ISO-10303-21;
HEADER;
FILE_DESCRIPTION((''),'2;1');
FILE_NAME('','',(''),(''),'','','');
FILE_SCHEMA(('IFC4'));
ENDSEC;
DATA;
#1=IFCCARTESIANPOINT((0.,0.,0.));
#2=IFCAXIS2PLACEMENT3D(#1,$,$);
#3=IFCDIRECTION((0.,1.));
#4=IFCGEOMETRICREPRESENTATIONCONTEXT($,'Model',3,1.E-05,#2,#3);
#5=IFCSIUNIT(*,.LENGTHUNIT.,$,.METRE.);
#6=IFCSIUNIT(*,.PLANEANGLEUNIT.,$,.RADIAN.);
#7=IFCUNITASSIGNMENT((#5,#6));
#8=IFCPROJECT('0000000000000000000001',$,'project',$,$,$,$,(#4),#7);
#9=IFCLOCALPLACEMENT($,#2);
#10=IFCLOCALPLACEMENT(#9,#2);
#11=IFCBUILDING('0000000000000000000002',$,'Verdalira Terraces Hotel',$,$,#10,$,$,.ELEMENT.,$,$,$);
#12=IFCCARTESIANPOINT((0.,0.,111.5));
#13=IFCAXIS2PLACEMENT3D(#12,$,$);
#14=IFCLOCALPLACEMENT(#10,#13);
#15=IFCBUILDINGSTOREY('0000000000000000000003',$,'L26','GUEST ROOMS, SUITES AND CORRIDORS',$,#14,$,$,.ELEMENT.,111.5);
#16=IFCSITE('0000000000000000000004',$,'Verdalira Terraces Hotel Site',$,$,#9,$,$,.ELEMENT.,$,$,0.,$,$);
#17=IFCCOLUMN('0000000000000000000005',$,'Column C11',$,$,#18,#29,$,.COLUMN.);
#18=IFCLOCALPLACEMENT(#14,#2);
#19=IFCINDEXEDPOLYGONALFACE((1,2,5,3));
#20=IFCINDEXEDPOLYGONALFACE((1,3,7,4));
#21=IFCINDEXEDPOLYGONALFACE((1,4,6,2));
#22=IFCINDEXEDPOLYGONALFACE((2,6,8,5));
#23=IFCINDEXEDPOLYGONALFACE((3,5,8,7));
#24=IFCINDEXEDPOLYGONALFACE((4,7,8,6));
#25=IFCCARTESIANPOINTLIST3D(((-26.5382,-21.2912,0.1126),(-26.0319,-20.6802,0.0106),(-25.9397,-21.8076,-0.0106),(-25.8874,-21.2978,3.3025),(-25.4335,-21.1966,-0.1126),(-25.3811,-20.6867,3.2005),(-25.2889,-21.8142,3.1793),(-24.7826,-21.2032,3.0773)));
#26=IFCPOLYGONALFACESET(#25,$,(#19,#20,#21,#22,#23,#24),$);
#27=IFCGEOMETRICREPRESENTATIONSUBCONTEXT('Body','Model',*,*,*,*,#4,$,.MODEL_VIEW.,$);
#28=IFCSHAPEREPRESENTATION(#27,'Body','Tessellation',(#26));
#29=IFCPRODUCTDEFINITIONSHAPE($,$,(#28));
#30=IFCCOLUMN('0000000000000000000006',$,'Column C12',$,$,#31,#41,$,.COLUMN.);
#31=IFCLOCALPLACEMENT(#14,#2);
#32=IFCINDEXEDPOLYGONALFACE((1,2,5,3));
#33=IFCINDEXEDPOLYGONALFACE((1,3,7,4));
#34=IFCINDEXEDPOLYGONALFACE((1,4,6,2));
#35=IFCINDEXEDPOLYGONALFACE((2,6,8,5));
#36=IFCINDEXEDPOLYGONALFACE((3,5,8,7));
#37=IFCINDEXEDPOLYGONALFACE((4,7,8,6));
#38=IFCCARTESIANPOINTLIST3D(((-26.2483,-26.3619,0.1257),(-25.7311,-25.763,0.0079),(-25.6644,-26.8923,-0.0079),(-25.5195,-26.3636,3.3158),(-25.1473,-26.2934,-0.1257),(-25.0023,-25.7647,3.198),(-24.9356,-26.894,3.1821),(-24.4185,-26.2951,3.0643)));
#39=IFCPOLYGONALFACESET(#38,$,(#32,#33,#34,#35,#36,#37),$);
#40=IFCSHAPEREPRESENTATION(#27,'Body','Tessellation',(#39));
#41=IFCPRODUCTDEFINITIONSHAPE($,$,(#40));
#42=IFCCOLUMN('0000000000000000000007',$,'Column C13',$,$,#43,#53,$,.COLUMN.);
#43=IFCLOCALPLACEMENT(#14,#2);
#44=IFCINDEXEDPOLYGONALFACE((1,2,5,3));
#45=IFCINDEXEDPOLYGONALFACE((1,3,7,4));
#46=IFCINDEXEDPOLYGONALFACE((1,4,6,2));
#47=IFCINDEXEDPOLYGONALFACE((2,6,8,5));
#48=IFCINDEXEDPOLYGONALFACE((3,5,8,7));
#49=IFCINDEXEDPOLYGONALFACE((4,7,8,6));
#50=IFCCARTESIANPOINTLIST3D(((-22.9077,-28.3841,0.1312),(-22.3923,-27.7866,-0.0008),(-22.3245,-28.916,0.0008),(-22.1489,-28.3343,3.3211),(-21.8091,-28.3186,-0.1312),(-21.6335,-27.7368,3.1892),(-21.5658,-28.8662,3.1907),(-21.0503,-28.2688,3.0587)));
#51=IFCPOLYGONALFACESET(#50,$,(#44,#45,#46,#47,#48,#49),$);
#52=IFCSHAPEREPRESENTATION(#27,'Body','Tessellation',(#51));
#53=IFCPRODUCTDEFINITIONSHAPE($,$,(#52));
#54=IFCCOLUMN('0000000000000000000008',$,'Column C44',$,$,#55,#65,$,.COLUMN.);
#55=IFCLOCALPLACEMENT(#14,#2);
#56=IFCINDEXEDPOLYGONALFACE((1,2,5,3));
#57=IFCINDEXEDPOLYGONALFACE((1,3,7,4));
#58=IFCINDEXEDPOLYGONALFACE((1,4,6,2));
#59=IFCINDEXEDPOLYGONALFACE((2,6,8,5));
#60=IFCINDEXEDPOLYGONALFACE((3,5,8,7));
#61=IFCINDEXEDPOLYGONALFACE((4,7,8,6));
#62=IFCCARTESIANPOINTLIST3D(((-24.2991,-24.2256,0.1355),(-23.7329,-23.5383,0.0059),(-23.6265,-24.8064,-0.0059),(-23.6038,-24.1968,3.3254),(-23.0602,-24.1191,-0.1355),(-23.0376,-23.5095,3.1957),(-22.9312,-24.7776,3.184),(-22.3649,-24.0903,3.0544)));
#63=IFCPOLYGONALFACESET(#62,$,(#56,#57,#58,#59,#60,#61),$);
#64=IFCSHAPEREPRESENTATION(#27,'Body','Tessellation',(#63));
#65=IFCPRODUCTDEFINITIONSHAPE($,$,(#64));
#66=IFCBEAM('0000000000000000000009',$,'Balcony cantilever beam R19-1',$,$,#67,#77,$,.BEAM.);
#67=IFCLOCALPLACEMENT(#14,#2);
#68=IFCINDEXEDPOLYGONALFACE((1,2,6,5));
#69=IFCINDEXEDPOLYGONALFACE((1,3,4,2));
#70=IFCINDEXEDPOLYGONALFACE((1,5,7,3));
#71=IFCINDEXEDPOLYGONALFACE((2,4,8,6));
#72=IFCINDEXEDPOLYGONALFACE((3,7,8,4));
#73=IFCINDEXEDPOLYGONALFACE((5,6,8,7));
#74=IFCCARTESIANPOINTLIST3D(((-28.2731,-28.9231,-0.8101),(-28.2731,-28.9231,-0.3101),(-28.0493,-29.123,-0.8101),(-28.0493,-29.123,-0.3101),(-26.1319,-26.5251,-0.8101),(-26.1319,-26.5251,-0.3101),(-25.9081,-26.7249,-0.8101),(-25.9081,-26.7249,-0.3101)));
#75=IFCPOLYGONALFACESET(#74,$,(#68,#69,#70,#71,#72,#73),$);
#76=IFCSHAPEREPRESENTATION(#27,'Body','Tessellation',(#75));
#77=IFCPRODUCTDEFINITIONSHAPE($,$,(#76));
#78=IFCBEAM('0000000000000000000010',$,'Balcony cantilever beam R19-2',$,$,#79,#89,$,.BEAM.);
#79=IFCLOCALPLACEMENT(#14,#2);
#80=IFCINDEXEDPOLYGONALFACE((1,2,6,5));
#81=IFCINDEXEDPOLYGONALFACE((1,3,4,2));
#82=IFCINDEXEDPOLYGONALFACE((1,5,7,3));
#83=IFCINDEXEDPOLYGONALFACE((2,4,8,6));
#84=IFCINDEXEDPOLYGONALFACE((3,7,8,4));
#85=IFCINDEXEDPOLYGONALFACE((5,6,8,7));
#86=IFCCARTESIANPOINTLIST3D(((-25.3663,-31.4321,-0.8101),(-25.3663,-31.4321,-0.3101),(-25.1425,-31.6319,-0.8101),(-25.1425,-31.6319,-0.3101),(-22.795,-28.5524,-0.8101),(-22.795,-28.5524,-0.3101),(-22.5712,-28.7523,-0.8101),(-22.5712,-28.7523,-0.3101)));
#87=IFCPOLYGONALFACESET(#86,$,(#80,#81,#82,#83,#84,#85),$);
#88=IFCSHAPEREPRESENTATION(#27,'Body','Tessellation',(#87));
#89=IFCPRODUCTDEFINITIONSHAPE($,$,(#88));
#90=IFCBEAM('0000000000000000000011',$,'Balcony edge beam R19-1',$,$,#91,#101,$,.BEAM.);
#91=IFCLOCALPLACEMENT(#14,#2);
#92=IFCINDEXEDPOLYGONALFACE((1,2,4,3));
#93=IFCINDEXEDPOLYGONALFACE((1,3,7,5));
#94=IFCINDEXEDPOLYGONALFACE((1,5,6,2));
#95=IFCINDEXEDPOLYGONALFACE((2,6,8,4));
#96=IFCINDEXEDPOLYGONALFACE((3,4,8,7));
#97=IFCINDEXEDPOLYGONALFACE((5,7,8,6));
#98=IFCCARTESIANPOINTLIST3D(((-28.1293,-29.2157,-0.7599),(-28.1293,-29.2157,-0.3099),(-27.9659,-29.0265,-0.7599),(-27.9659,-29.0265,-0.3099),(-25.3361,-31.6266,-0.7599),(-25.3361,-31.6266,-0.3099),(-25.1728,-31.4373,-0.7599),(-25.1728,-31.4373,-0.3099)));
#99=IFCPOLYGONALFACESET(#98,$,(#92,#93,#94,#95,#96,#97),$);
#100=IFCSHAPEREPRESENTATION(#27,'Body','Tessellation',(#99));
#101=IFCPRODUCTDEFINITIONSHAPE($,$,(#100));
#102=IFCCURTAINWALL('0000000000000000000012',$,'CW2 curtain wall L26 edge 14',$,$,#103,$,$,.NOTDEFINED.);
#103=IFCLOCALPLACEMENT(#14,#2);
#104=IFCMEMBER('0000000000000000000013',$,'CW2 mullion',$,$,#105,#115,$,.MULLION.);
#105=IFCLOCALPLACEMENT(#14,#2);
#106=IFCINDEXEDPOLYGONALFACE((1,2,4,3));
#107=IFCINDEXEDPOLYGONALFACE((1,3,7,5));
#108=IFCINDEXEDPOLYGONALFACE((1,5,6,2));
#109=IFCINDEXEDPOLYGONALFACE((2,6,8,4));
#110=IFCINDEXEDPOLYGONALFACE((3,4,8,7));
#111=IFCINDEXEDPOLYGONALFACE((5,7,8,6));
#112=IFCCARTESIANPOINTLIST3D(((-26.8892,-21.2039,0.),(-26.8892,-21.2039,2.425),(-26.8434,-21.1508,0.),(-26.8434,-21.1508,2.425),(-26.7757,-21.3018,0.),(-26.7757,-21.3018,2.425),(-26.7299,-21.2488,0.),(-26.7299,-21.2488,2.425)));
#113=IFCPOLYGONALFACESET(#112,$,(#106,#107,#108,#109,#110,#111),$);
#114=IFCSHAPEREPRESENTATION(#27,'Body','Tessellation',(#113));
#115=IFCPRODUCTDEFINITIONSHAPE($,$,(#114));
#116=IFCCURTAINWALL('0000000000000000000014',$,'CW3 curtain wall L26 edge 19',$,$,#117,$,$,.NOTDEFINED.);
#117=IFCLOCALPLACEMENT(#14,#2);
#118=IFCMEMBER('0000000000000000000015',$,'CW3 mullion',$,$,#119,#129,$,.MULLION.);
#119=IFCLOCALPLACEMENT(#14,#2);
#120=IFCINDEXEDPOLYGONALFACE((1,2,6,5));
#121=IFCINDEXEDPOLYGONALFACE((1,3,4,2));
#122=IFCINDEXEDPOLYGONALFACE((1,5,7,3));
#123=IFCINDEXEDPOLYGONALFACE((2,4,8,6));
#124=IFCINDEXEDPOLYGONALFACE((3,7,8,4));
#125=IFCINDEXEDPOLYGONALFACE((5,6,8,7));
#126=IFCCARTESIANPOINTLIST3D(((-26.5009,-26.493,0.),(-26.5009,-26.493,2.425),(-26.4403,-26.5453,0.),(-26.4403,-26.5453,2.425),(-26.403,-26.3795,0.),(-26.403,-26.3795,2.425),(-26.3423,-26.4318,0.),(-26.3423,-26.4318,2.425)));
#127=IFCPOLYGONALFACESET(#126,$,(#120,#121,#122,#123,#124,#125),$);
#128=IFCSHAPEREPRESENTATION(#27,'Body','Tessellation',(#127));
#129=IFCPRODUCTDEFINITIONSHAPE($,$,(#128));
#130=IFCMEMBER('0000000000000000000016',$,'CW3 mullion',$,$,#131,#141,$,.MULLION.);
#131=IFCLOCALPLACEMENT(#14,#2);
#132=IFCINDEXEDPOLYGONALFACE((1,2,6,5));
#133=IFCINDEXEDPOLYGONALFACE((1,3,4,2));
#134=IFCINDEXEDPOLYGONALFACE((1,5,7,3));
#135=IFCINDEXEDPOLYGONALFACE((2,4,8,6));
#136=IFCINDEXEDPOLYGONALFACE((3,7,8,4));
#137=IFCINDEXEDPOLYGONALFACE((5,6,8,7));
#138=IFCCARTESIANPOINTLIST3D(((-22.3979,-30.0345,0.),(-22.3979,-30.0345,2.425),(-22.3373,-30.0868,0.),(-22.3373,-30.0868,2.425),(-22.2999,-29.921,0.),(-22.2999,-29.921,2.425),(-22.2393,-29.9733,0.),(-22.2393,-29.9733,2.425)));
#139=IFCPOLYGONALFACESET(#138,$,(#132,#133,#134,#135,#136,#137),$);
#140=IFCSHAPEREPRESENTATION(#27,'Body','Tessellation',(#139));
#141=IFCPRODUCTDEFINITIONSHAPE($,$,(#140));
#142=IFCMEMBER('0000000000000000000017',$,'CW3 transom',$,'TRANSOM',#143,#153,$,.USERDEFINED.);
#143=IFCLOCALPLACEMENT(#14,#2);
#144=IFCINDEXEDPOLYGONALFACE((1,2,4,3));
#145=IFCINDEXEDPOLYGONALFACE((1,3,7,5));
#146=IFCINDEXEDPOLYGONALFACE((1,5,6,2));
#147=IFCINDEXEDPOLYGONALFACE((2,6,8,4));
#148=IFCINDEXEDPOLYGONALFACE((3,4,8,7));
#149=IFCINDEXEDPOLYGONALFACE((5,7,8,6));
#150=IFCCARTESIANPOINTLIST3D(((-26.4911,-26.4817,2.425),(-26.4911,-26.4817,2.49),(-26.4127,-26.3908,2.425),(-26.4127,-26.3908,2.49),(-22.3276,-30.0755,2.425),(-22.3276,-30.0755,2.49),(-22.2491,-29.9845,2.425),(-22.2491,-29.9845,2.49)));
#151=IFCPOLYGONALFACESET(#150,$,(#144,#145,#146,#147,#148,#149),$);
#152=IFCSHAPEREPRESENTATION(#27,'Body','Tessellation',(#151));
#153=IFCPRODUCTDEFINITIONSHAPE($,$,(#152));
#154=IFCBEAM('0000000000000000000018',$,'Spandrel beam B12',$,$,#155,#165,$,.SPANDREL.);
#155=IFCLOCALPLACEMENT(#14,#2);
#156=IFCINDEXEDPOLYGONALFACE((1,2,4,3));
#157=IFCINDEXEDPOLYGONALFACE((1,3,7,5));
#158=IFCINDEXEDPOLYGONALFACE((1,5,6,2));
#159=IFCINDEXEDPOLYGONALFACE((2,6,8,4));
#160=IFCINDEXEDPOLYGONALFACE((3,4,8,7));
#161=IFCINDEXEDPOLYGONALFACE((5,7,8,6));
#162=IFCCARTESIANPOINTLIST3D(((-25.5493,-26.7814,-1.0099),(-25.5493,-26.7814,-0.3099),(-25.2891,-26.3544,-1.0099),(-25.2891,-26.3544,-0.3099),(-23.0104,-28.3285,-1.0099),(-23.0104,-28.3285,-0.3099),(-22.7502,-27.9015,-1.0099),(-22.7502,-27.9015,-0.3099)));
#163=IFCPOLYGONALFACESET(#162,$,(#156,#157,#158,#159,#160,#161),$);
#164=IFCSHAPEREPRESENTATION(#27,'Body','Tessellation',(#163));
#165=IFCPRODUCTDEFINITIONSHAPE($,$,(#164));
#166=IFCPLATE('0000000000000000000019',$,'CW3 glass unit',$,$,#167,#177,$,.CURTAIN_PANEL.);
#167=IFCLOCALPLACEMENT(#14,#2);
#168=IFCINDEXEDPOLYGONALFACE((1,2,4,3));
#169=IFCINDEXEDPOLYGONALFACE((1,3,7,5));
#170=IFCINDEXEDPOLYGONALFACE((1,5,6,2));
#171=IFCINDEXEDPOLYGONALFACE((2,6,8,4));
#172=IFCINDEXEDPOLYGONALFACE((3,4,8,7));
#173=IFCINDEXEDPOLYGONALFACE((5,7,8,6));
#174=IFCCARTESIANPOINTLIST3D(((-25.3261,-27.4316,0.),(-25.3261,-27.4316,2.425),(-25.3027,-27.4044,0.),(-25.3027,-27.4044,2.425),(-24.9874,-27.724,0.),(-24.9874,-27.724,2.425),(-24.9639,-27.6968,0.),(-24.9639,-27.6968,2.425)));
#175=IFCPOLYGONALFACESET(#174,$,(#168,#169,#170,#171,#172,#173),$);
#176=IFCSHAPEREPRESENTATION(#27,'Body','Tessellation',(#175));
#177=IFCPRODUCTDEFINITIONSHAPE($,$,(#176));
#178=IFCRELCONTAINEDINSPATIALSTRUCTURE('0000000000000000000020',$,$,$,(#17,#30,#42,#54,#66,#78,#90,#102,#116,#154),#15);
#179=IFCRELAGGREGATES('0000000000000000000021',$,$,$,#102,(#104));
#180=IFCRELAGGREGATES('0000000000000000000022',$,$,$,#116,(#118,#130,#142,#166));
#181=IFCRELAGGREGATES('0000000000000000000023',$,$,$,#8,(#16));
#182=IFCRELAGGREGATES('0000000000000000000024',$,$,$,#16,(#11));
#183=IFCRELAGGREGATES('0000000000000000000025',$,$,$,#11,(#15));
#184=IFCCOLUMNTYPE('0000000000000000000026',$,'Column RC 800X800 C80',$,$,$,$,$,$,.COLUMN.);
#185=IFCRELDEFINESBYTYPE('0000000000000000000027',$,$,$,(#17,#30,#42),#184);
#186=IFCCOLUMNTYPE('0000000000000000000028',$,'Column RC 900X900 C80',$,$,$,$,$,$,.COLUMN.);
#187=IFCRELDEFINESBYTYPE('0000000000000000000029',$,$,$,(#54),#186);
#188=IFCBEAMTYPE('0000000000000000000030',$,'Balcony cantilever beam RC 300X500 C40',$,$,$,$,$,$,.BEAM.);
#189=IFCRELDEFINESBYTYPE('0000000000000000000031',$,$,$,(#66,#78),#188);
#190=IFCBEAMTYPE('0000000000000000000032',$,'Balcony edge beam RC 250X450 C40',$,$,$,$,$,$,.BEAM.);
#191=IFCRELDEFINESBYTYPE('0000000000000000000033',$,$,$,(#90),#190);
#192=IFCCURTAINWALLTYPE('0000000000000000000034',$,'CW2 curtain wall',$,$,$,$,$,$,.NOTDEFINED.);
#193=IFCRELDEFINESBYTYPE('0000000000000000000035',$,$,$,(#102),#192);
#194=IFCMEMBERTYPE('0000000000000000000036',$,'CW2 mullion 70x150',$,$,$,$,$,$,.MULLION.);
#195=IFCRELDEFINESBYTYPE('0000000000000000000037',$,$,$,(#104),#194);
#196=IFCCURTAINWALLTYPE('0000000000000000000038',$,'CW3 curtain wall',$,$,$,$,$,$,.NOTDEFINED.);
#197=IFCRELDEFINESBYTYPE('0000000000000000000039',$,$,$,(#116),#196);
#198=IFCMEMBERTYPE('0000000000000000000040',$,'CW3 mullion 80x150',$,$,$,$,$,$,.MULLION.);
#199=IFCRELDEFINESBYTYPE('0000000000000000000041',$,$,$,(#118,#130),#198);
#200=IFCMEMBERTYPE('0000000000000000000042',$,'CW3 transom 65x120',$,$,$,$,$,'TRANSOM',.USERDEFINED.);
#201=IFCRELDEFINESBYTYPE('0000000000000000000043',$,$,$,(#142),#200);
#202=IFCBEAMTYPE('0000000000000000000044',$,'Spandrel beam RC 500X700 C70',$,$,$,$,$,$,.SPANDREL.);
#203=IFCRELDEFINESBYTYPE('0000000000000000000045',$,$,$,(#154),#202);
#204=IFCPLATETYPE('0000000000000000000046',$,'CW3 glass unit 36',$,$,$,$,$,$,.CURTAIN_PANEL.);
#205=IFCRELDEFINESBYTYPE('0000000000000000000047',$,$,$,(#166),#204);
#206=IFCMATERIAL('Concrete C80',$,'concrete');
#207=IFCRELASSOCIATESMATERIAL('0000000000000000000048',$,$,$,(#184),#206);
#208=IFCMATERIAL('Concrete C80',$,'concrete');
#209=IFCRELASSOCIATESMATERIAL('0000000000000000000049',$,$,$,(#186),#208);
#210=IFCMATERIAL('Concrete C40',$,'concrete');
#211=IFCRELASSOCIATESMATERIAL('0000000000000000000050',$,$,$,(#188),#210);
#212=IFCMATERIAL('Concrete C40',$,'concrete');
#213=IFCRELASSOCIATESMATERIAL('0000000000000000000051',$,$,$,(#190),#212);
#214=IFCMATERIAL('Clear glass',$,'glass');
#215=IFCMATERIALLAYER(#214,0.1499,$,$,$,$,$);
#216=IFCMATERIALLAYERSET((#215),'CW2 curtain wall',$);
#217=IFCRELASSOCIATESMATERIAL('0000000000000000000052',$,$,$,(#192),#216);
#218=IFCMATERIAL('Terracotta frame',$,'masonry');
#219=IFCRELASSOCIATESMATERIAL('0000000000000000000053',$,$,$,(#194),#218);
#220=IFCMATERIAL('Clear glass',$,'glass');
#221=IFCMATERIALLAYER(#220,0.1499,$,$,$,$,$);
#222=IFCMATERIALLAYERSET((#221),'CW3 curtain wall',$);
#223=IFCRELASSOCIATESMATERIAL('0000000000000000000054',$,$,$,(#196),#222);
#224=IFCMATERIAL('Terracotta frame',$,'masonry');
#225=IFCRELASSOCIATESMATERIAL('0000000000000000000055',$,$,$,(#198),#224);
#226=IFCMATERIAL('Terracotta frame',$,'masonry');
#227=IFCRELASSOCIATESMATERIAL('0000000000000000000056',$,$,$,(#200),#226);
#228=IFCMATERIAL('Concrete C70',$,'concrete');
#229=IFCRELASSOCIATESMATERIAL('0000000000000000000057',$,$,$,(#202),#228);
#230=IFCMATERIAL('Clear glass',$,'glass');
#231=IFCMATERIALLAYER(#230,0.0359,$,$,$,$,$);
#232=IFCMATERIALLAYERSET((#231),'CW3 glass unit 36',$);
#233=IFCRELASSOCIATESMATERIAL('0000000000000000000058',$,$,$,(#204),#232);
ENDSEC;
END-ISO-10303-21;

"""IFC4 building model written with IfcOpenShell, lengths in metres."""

from ifc_helpers import new_model, si_unit, direction, frame, origin, origin_2d, place, context, subcontext, project, spatial, rectangle, extrude, material, layer, layer_set, material_profile, profile_set, type_object, element, aggregate, save


model = new_model("IFC4")

# Units and contexts
model_context = context("Model", 3, precision=1e-05, world=origin(), true_north=direction((0.0, 1.0)))
body_context = subcontext(model_context, "Body", "Model", "MODEL_VIEW")
ifc_project = project(units=[si_unit("LENGTHUNIT", "METRE"), si_unit("PLANEANGLEUNIT", "RADIAN")], contexts=[model_context])

# Site, building, storey
site_placement = place(None, origin())
site = spatial("IfcSite", under=ifc_project, at=site_placement, Name="Verdalira Terraces Hotel Site", CompositionType="ELEMENT", RefElevation=0.0)
building_placement = place(site_placement, origin())
building = spatial("IfcBuilding", under=site, at=building_placement, Name="Verdalira Terraces Hotel", CompositionType="ELEMENT")
storey_placement = place(building_placement, frame((0.0, 0.0, 111.5)))
storey = spatial("IfcBuildingStorey", under=building, at=storey_placement, Name="L26", Description="GUEST ROOMS, SUITES AND CORRIDORS", CompositionType="ELEMENT", Elevation=111.5)

# Columns
ifc_material_1 = material(Name="Concrete C80", Category="concrete")
ifc_material_profile_1 = material_profile(ifc_material_1, rectangle(XDim=0.8, YDim=0.8, at=origin_2d()), Name="RC 800X800")
ifc_profile_set_1 = profile_set([ifc_material_profile_1], Name="Concrete C80")
column_type_1 = type_object("IfcColumnType", Name="Column RC 800X800 C80", PredefinedType="COLUMN", material=ifc_profile_set_1)
column_1_placement = place(storey_placement, frame((-25.9858, -21.2439, 0.0), z_axis=(0.199921, -0.002025, 0.97981), x_axis=(-0.632822, -0.763721, 0.127543)))
element("IfcColumn", 1, at=column_1_placement, inside=storey, type_object=column_type_1, Name="Column C11", PredefinedType="COLUMN", context=body_context, shape_type="SweptSolid", body=[
    extrude(rectangle(XDim=0.8, YDim=0.8, at=origin_2d()), origin(), (0.0, 0.0, 1.0), 3.2556),
])
column_2_placement = place(storey_placement, frame((-25.6978, -26.3276, 0.0), z_axis=(0.222717, -0.000522, 0.974883), x_axis=(0.729781, -0.662952, -0.167078)))
element("IfcColumn", 2, at=column_2_placement, inside=storey, type_object=column_type_1, Name="Column C12", PredefinedType="COLUMN", context=body_context, shape_type="SweptSolid", body=[
    extrude(rectangle(XDim=0.8, YDim=0.8, at=origin_2d()), origin(), (0.0, 0.0, 1.0), 3.2722),
])
column_3_placement = place(storey_placement, frame((-22.3584, -28.3513, 0.0), z_axis=(0.231386, 0.015187, 0.972744), x_axis=(0.728933, -0.664895, -0.16301)))
element("IfcColumn", 3, at=column_3_placement, inside=storey, type_object=column_type_1, Name="Column C13", PredefinedType="COLUMN", context=body_context, shape_type="SweptSolid", body=[
    extrude(rectangle(XDim=0.8, YDim=0.8, at=origin_2d()), origin(), (0.0, 0.0, 1.0), 3.2793),
])
ifc_material_2 = material(Name="Concrete C80", Category="concrete")
ifc_material_profile_2 = material_profile(ifc_material_2, rectangle(XDim=0.8999, YDim=0.8999, at=origin_2d()), Name="RC 900X900")
ifc_profile_set_2 = profile_set([ifc_material_profile_2], Name="Concrete C80")
column_type_2 = type_object("IfcColumnType", Name="Column RC 900X900 C80", PredefinedType="COLUMN", material=ifc_profile_set_2)
column_4_placement = place(storey_placement, frame((-23.6797, -24.1724, 0.0), z_axis=(0.212962, 0.008824, 0.977021), x_axis=(-0.629207, -0.763773, 0.144046)))
element("IfcColumn", 4, at=column_4_placement, inside=storey, type_object=column_type_2, Name="Column C44", PredefinedType="COLUMN", context=body_context, shape_type="SweptSolid", body=[
    extrude(rectangle(XDim=0.8999, YDim=0.8999, at=origin_2d()), origin(), (0.0, 0.0, 1.0), 3.2649),
])

# Beams
ifc_material_3 = material(Name="Concrete C40", Category="concrete")
ifc_material_profile_3 = material_profile(ifc_material_3, rectangle(XDim=0.3, YDim=0.5, at=origin_2d()), Name="RC 300X500")
ifc_profile_set_3 = profile_set([ifc_material_profile_3], Name="Concrete C40")
beam_type_1 = type_object("IfcBeamType", Name="Balcony cantilever beam RC 300X500 C40", PredefinedType="BEAM", material=ifc_profile_set_3)
beam_1_placement = place(storey_placement, frame((-26.02, -26.625, -0.5601), z_axis=(-0.666031, -0.745924, 0.0), x_axis=(0.745924, -0.666031, 0.0)))
element("IfcBeam", 5, at=beam_1_placement, inside=storey, type_object=beam_type_1, Name="Balcony cantilever beam R19-1", PredefinedType="BEAM", context=body_context, shape_type="SweptSolid", body=[
    extrude(rectangle(XDim=0.3, YDim=0.5, at=origin_2d()), origin(), (0.0, 0.0, 1.0), 3.2148),
])
beam_2_placement = place(storey_placement, frame((-22.6831, -28.6523, -0.5601), z_axis=(-0.666042, -0.745914, 0.0), x_axis=(0.745914, -0.666042, 0.0)))
element("IfcBeam", 6, at=beam_2_placement, inside=storey, type_object=beam_type_1, Name="Balcony cantilever beam R19-2", PredefinedType="BEAM", context=body_context, shape_type="SweptSolid", body=[
    extrude(rectangle(XDim=0.3, YDim=0.5, at=origin_2d()), origin(), (0.0, 0.0, 1.0), 3.8606),
])
ifc_material_4 = material(Name="Concrete C40", Category="concrete")
ifc_material_profile_4 = material_profile(ifc_material_4, rectangle(XDim=0.25, YDim=0.45, at=origin_2d()), Name="RC 250X450")
ifc_profile_set_4 = profile_set([ifc_material_profile_4], Name="Concrete C40")
beam_type_2 = type_object("IfcBeamType", Name="Balcony edge beam RC 250X450 C40", PredefinedType="BEAM", material=ifc_profile_set_4)
beam_3_placement = place(storey_placement, frame((-28.0476, -29.1211, -0.5349), z_axis=(0.757015, -0.653398, 0.0), x_axis=(0.653398, 0.757015, 0.0)))
element("IfcBeam", 7, at=beam_3_placement, inside=storey, type_object=beam_type_2, Name="Balcony edge beam R19-1", PredefinedType="BEAM", context=body_context, shape_type="SweptSolid", body=[
    extrude(rectangle(XDim=0.25, YDim=0.45, at=origin_2d()), origin(), (0.0, 0.0, 1.0), 3.6897),
])

# Curtain wall, member
ifc_material_5 = material(Name="Clear glass", Category="glass")
ifc_layer_1 = layer(ifc_material_5, 0.1499)
ifc_layer_set_1 = layer_set([ifc_layer_1], Name="CW2 curtain wall")
curtain_wall_type_1 = type_object("IfcCurtainWallType", Name="CW2 curtain wall", PredefinedType="NOTDEFINED", material=ifc_layer_set_1)
curtain_wall_1_placement = place(storey_placement, origin())
curtain_wall_1 = element("IfcCurtainWall", 8, at=curtain_wall_1_placement, inside=storey, type_object=curtain_wall_type_1, Name="CW2 curtain wall L26 edge 14", PredefinedType="NOTDEFINED")
ifc_material_6 = material(Name="Terracotta frame", Category="masonry")
ifc_material_profile_5 = material_profile(ifc_material_6, rectangle(XDim=0.0701, YDim=0.1499, at=origin_2d()), Name="MU 70x150")
ifc_profile_set_5 = profile_set([ifc_material_profile_5], Name="Terracotta frame")
member_type_1 = type_object("IfcMemberType", Name="CW2 mullion 70x150", PredefinedType="MULLION", material=ifc_profile_set_5)
member_1_placement = place(storey_placement, frame((-26.8096, -21.2263, 0.0), z_axis=(0.0, 0.0, 1.0), x_axis=(-0.653421, -0.756995, 0.0)))
member_1 = element("IfcMember", 9, at=member_1_placement, type_object=member_type_1, Name="CW2 mullion", PredefinedType="MULLION", context=body_context, shape_type="SweptSolid", body=[
    extrude(rectangle(XDim=0.0701, YDim=0.1499, at=origin_2d()), origin(), (0.0, 0.0, 1.0), 2.425),
])
aggregate(curtain_wall_1, [member_1])

# Curtain wall, members
ifc_material_7 = material(Name="Clear glass", Category="glass")
ifc_layer_2 = layer(ifc_material_7, 0.1499)
ifc_layer_set_2 = layer_set([ifc_layer_2], Name="CW3 curtain wall")
curtain_wall_type_2 = type_object("IfcCurtainWallType", Name="CW3 curtain wall", PredefinedType="NOTDEFINED", material=ifc_layer_set_2)
curtain_wall_2_placement = place(storey_placement, origin())
curtain_wall_2 = element("IfcCurtainWall", 10, at=curtain_wall_2_placement, inside=storey, type_object=curtain_wall_type_2, Name="CW3 curtain wall L26 edge 19", PredefinedType="NOTDEFINED")
ifc_material_8 = material(Name="Terracotta frame", Category="masonry")
ifc_material_profile_6 = material_profile(ifc_material_8, rectangle(XDim=0.0801, YDim=0.1499, at=origin_2d()), Name="MU 80x150")
ifc_profile_set_6 = profile_set([ifc_material_profile_6], Name="Terracotta frame")
member_type_2 = type_object("IfcMemberType", Name="CW3 mullion 80x150", PredefinedType="MULLION", material=ifc_profile_set_6)
member_2_placement = place(storey_placement, frame((-26.4216, -26.4624, 0.0), z_axis=(0.0, 0.0, 1.0), x_axis=(0.756995, -0.653421, 0.0)))
member_2 = element("IfcMember", 11, at=member_2_placement, type_object=member_type_2, Name="CW3 mullion", PredefinedType="MULLION", context=body_context, shape_type="SweptSolid", body=[
    extrude(rectangle(XDim=0.0801, YDim=0.1499, at=origin_2d()), origin(), (0.0, 0.0, 1.0), 2.425),
])
member_3_placement = place(storey_placement, frame((-22.3186, -30.0039, 0.0), z_axis=(0.0, 0.0, 1.0), x_axis=(0.756995, -0.653421, 0.0)))
member_3 = element("IfcMember", 12, at=member_3_placement, type_object=member_type_2, Name="CW3 mullion", PredefinedType="MULLION", context=body_context, shape_type="SweptSolid", body=[
    extrude(rectangle(XDim=0.0801, YDim=0.1499, at=origin_2d()), origin(), (0.0, 0.0, 1.0), 2.425),
])
ifc_material_9 = material(Name="Terracotta frame", Category="masonry")
ifc_material_profile_7 = material_profile(ifc_material_9, rectangle(XDim=0.1201, YDim=0.0649, at=origin_2d()), Name="TR 65x120")
ifc_profile_set_7 = profile_set([ifc_material_profile_7], Name="Terracotta frame")
member_type_3 = type_object("IfcMemberType", Name="CW3 transom 65x120", ElementType="TRANSOM", PredefinedType="USERDEFINED", material=ifc_profile_set_7)
member_4_placement = place(storey_placement, frame((-26.4519, -26.4363, 2.4575), z_axis=(0.757009, -0.653405, 0.0), x_axis=(0.653405, 0.757009, 0.0)))
member_4 = element("IfcMember", 13, at=member_4_placement, type_object=member_type_3, Name="CW3 transom", ObjectType="TRANSOM", PredefinedType="USERDEFINED", context=body_context, shape_type="SweptSolid", body=[
    extrude(rectangle(XDim=0.1201, YDim=0.0649, at=origin_2d()), origin(), (0.0, 0.0, 1.0), 5.5),
])

# Beam
ifc_material_10 = material(Name="Concrete C70", Category="concrete")
ifc_material_profile_8 = material_profile(ifc_material_10, rectangle(XDim=0.5, YDim=0.7, at=origin_2d()), Name="RC 500X700")
ifc_profile_set_8 = profile_set([ifc_material_profile_8], Name="Concrete C70")
beam_type_3 = type_object("IfcBeamType", Name="Spandrel beam RC 500X700 C70", PredefinedType="SPANDREL", material=ifc_profile_set_8)
beam_4_placement = place(storey_placement, frame((-25.4192, -26.5679, -0.6599), z_axis=(0.853937, -0.520377, 0.0), x_axis=(0.520377, 0.853937, 0.0)))
element("IfcBeam", 14, at=beam_4_placement, inside=storey, type_object=beam_type_3, Name="Spandrel beam B12", PredefinedType="SPANDREL", context=body_context, shape_type="SweptSolid", body=[
    extrude(rectangle(XDim=0.5, YDim=0.7, at=origin_2d()), origin(), (0.0, 0.0, 1.0), 2.9731),
])

# Plate
ifc_material_11 = material(Name="Clear glass", Category="glass")
ifc_layer_3 = layer(ifc_material_11, 0.0359)
ifc_layer_set_3 = layer_set([ifc_layer_3], Name="CW3 glass unit 36")
plate_type = type_object("IfcPlateType", Name="CW3 glass unit 36", PredefinedType="CURTAIN_PANEL", material=ifc_layer_set_3)
plate_placement = place(storey_placement, frame((-25.145, -27.5642, 0.0), z_axis=(0.0, 0.0, 1.0), x_axis=(0.756995, -0.653421, 0.0)))
plate = element("IfcPlate", 15, at=plate_placement, type_object=plate_type, Name="CW3 glass unit", PredefinedType="CURTAIN_PANEL", context=body_context, shape_type="SweptSolid", body=[
    extrude(rectangle(XDim=0.4475, YDim=0.0359, at=origin_2d()), origin(), (0.0, 0.0, 1.0), 2.425),
])
aggregate(curtain_wall_2, [member_2, member_3, member_4, plate])

save(model, "model.ifc")
